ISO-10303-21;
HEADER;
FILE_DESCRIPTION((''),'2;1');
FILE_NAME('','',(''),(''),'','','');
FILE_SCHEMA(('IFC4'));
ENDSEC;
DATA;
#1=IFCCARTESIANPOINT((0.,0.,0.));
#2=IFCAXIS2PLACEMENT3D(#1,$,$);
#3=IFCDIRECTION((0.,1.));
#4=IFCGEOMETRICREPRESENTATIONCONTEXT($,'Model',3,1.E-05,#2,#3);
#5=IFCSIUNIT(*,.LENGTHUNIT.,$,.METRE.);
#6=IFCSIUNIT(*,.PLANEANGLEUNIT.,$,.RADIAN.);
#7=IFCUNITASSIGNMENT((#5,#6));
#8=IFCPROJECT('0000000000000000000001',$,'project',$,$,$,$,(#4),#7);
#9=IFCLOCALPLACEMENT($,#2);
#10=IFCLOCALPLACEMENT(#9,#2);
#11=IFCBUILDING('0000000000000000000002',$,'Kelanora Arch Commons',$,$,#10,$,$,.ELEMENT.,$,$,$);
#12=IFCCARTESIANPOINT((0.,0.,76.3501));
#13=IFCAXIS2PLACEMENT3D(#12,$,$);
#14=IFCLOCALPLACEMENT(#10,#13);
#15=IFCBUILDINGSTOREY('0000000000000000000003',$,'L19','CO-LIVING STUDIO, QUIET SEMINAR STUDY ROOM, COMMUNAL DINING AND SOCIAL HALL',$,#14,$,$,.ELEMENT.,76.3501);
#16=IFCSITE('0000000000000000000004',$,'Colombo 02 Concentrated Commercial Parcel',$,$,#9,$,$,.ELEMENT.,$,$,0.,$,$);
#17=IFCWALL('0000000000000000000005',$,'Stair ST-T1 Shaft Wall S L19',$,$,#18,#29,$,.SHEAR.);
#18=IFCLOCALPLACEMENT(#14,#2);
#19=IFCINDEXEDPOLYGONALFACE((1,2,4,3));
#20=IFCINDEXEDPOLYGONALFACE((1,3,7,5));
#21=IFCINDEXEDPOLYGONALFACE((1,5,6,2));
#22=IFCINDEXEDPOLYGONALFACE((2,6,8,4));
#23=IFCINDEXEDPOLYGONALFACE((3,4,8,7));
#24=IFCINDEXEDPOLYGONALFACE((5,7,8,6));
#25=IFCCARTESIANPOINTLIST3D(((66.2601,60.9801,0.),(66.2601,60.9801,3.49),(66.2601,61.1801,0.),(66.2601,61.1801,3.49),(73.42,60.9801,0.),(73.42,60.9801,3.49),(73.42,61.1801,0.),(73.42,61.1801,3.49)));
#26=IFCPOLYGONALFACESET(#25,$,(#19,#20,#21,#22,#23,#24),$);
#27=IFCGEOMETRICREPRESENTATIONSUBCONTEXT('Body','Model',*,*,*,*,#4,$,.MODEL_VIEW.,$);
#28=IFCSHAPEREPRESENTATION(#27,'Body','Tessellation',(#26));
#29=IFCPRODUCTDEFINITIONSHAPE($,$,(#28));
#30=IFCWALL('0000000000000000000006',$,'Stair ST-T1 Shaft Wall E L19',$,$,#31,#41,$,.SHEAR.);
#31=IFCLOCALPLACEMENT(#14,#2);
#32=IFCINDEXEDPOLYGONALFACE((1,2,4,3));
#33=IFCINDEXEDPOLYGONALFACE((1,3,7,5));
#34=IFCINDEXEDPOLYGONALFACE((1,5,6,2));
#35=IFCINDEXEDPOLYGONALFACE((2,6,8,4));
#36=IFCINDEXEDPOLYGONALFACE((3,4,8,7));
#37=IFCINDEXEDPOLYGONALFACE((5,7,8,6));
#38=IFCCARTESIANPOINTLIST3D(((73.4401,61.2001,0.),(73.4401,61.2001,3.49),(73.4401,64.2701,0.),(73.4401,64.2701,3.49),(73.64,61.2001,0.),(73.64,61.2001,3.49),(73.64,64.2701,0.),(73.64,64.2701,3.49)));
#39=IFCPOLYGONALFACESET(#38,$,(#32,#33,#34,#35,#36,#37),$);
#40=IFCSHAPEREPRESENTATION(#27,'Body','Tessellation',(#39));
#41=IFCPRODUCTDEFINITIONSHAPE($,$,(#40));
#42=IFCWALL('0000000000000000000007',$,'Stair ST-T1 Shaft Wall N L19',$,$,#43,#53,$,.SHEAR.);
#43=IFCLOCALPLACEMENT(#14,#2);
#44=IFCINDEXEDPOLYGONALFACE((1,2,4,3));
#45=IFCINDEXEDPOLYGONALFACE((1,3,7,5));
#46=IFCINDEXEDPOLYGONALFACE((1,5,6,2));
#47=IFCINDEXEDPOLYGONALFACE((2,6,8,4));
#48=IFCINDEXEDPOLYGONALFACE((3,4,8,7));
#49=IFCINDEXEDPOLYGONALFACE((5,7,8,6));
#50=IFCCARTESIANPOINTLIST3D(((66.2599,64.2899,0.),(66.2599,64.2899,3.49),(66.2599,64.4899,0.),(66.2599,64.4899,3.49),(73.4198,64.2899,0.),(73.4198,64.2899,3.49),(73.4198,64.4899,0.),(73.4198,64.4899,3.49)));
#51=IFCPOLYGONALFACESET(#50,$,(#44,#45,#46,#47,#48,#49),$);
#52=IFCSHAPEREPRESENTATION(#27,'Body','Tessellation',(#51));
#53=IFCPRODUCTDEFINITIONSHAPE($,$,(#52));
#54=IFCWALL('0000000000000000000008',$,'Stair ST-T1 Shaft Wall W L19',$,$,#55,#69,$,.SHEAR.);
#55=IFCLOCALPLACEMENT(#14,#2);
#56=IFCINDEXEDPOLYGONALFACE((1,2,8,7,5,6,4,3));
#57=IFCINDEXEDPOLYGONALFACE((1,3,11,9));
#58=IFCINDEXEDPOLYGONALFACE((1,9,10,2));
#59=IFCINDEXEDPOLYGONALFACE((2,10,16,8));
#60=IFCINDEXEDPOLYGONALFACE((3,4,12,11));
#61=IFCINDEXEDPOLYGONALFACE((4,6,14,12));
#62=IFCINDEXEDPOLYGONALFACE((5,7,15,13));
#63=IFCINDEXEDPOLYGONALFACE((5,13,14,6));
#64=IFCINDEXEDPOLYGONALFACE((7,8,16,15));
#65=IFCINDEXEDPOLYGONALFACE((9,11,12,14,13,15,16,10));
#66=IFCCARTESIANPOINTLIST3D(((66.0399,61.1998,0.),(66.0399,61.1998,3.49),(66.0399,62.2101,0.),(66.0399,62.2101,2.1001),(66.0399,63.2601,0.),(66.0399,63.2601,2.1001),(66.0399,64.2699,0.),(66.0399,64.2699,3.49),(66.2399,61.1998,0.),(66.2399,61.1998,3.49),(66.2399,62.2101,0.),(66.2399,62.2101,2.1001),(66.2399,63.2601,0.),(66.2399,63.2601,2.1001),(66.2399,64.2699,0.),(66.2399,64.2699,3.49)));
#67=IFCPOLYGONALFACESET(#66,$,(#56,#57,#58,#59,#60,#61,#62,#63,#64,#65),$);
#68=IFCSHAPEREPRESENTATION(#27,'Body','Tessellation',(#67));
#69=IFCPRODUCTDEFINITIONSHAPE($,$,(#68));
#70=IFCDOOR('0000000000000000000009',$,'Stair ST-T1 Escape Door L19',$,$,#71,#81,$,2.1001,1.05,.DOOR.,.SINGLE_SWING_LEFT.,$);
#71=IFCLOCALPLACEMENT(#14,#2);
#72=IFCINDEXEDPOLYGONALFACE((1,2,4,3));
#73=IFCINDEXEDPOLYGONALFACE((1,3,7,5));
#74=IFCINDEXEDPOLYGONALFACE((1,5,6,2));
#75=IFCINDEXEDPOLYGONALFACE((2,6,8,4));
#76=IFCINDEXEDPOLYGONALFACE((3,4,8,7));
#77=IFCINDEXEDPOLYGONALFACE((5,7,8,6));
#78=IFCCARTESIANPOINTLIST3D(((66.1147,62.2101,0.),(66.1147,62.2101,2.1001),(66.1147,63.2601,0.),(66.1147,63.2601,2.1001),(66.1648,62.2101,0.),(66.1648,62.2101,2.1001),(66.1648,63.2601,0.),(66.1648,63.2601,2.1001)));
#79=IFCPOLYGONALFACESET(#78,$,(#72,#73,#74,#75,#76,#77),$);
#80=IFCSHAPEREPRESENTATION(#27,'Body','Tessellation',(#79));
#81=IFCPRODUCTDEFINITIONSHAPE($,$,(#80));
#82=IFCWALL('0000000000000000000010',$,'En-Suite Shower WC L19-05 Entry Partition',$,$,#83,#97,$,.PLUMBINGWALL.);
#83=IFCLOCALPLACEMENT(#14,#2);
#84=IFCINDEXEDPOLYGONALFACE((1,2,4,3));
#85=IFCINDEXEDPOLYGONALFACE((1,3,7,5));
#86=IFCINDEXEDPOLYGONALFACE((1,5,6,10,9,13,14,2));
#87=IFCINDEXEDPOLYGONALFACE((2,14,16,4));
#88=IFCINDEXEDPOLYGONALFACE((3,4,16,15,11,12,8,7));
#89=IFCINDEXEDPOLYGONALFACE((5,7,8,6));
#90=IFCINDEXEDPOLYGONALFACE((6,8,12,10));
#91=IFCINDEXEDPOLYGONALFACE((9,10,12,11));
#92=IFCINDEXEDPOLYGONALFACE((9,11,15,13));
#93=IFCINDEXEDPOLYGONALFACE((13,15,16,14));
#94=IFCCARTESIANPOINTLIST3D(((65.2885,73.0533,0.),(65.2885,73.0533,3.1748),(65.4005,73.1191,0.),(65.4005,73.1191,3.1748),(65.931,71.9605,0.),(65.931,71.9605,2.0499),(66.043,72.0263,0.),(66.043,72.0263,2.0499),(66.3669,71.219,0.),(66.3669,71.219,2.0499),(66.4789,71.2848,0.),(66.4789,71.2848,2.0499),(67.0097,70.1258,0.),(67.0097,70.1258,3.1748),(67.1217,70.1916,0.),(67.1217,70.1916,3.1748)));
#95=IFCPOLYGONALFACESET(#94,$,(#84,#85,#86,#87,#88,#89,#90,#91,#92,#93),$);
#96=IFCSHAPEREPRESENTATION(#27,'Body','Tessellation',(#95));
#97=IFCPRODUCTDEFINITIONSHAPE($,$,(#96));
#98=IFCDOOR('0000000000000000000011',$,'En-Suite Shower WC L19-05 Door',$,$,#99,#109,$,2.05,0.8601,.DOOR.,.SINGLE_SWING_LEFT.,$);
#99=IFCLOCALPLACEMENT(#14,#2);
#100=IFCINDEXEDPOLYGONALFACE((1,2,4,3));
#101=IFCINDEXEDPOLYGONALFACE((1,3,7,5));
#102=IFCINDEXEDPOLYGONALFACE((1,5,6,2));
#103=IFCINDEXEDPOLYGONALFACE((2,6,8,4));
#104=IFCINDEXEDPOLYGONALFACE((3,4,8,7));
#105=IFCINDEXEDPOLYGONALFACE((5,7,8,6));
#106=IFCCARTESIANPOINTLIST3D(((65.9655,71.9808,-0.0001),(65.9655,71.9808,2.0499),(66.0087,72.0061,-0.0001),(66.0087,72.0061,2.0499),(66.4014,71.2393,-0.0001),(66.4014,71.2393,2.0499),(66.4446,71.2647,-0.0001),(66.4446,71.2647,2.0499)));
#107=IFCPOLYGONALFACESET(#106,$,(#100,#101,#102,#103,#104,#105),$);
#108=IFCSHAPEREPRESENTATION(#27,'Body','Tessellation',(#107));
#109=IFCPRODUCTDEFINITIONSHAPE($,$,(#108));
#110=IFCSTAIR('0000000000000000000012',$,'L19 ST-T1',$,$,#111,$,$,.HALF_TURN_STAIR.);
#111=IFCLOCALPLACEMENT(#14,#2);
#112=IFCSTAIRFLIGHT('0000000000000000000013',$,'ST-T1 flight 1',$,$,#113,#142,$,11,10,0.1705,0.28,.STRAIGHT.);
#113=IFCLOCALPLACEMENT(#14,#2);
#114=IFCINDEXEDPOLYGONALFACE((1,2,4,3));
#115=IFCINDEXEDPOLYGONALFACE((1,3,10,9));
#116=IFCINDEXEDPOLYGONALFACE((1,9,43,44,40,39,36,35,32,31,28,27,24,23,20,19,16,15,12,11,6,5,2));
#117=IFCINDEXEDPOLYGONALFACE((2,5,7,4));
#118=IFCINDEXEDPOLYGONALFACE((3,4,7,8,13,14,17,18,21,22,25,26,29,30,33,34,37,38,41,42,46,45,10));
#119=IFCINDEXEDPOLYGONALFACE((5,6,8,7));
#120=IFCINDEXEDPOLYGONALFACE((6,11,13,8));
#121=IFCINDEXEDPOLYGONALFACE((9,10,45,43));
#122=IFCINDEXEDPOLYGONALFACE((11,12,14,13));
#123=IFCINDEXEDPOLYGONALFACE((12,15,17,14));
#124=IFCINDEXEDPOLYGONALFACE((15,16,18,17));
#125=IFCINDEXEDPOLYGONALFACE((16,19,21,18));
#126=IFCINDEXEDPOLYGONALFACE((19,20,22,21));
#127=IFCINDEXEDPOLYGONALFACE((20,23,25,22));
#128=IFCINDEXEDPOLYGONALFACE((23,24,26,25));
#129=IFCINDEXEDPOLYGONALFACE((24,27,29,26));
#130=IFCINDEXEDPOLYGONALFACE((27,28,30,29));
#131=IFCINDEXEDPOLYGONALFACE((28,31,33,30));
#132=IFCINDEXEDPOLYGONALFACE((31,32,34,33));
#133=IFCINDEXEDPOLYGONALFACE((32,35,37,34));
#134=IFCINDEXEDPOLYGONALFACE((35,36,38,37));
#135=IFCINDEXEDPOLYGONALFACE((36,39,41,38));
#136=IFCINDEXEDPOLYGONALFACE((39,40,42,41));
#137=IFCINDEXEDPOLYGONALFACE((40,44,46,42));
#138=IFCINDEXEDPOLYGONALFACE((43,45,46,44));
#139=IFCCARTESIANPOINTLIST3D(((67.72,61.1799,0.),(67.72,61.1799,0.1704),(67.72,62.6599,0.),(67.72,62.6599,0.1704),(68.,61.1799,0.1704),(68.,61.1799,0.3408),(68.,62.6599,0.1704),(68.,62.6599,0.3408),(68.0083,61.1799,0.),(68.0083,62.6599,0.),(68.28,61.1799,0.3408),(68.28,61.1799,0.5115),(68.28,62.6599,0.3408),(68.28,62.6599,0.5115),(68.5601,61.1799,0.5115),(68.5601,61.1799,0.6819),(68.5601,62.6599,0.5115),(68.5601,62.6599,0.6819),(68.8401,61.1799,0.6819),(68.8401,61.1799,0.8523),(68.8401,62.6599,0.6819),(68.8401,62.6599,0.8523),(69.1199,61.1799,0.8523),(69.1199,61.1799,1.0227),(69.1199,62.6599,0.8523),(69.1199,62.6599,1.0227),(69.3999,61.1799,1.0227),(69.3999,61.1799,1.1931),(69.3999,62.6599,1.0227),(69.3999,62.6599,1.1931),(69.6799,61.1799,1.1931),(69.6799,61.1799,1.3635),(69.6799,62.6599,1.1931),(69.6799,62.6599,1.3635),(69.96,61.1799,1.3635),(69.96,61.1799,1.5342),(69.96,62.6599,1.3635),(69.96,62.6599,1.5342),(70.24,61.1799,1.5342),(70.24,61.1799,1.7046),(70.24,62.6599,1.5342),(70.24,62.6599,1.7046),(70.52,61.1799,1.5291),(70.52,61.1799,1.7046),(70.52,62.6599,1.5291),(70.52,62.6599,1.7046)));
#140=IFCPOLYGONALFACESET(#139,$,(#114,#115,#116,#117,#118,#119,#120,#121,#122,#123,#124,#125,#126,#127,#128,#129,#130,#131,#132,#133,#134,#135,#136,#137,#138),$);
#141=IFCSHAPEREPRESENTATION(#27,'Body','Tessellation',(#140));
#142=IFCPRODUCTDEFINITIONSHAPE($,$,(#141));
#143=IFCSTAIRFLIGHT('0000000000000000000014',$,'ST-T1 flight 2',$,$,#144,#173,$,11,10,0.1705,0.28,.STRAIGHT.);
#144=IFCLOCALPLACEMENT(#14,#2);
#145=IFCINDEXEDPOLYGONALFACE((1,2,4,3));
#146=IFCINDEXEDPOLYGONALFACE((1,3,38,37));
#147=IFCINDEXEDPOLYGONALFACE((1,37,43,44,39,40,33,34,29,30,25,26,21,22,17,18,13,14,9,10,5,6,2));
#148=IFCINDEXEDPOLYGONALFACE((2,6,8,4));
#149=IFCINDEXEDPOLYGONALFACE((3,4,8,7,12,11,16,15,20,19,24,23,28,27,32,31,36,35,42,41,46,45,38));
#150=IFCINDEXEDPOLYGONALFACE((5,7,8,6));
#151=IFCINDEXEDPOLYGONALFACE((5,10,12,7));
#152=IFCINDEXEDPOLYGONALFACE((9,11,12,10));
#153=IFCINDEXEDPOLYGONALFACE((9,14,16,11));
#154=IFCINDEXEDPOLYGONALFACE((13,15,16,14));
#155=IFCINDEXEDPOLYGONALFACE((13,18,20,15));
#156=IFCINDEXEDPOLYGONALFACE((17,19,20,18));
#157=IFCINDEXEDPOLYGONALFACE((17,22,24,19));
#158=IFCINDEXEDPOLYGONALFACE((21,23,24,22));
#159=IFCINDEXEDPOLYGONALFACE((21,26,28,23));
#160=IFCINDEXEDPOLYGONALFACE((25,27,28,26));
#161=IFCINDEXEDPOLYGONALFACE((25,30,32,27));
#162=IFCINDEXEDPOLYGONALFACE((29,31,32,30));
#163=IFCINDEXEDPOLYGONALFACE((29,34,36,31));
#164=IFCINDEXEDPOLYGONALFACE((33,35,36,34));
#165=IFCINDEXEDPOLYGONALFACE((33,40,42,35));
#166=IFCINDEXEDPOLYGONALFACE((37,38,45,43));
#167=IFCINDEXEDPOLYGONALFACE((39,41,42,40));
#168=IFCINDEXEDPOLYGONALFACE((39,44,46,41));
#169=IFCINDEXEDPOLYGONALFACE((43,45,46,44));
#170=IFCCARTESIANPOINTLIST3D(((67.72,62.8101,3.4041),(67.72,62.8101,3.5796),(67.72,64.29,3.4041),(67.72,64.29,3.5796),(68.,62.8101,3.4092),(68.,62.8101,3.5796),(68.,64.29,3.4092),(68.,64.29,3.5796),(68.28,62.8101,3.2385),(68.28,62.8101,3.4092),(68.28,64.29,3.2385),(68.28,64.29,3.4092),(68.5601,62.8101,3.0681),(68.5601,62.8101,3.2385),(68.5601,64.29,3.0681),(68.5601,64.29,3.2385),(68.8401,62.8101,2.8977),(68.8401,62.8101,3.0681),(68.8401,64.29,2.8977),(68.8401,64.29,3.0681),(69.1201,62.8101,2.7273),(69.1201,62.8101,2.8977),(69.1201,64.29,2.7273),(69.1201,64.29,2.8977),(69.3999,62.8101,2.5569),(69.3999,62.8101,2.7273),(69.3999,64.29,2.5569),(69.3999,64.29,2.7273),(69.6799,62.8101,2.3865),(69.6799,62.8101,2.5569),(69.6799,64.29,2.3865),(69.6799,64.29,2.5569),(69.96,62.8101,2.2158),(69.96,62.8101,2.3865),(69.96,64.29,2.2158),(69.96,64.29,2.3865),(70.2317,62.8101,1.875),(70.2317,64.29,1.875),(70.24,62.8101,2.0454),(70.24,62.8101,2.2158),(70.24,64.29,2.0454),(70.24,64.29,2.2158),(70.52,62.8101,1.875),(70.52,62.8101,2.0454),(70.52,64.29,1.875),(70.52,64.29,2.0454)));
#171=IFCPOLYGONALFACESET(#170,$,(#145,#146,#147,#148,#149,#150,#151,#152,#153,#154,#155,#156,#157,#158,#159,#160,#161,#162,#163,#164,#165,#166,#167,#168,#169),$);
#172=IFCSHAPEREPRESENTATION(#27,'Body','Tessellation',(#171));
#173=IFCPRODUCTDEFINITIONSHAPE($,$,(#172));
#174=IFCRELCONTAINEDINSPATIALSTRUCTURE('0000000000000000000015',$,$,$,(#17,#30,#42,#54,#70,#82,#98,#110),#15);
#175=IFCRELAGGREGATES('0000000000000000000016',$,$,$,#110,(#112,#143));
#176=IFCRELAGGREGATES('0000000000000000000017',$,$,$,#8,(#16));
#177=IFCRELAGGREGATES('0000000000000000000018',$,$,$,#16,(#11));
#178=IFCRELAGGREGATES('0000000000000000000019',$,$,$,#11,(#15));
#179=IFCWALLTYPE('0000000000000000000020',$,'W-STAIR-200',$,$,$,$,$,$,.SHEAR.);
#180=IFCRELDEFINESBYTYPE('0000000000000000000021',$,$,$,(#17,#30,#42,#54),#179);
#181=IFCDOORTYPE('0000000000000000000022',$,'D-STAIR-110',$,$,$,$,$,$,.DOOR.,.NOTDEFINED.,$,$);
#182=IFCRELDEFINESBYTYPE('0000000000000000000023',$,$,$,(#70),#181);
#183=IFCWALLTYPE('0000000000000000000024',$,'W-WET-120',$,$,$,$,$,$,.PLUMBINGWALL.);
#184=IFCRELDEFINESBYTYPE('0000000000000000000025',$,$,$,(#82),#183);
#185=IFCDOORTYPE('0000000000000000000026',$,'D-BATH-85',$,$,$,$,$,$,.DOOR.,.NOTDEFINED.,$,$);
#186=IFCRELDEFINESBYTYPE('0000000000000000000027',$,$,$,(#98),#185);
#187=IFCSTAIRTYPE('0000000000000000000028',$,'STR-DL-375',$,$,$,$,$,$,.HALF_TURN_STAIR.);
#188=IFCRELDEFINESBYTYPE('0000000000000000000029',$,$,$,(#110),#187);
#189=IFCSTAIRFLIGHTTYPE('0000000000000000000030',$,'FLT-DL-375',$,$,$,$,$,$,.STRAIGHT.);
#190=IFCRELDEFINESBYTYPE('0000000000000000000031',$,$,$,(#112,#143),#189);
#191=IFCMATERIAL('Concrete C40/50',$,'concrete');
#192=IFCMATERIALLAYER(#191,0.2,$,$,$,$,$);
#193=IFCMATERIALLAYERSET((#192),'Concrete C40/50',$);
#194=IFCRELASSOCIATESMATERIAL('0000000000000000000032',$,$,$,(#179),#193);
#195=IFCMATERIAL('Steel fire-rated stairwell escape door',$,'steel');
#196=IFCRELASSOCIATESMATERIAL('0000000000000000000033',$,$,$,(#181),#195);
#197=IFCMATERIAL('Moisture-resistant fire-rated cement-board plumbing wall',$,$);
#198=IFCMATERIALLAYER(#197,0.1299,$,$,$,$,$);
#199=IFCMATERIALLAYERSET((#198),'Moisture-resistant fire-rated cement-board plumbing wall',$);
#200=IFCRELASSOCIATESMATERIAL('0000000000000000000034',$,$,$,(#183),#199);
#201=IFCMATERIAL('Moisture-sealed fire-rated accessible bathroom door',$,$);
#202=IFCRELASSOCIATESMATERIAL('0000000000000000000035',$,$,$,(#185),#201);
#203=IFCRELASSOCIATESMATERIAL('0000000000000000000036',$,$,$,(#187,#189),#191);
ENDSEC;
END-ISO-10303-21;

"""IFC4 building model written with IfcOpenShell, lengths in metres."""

from ifc_helpers import new_model, si_unit, direction, frame, frame_2d, origin, place, context, subcontext, project, spatial, polyline, rectangle, outline, extrude, material, layer, layer_set, type_object, element, fill, aggregate, save


model = new_model("IFC4")

# Units and contexts
model_context = context("Model", 3, precision=1e-05, world=origin(), true_north=direction((0.0, 1.0)))
body_context = subcontext(model_context, "Body", "Model", "MODEL_VIEW")
ifc_project = project(units=[si_unit("LENGTHUNIT", "METRE"), si_unit("PLANEANGLEUNIT", "RADIAN")], contexts=[model_context])

# Site, building, storey
site_placement = place(None, origin())
site = spatial("IfcSite", under=ifc_project, at=site_placement, Name="Colombo 02 Concentrated Commercial Parcel", CompositionType="ELEMENT", RefElevation=0.0)
building_placement = place(site_placement, origin())
building = spatial("IfcBuilding", under=site, at=building_placement, Name="Kelanora Arch Commons", CompositionType="ELEMENT")
storey_placement = place(building_placement, frame((0.0, 0.0, 76.3501)))
storey = spatial("IfcBuildingStorey", under=building, at=storey_placement, Name="L19", Description="CO-LIVING STUDIO, QUIET SEMINAR STUDY ROOM, COMMUNAL DINING AND SOCIAL HALL", CompositionType="ELEMENT", Elevation=76.3501)

# Shared definitions
ifc_material_1 = material(Name="Concrete C40/50", Category="concrete")

# Walls
ifc_layer_1 = layer(ifc_material_1, 0.2)
ifc_layer_set_1 = layer_set([ifc_layer_1], Name="Concrete C40/50")
wall_type_1 = type_object("IfcWallType", Name="W-STAIR-200", PredefinedType="SHEAR", material=ifc_layer_set_1)
wall_1_placement = place(storey_placement, frame((66.26, 61.0801, 0.0), z_axis=(0.0, 0.0, 1.0), x_axis=(1.0, 0.0, 0.0)))
element("IfcWall", 1, at=wall_1_placement, inside=storey, type_object=wall_type_1, Name="Stair ST-T1 Shaft Wall S L19", PredefinedType="SHEAR", context=body_context, shape_type="SweptSolid", body=[
    extrude(rectangle(XDim=7.1599, YDim=0.2, at=frame_2d((3.5801, 0.0))), origin(), (0.0, 0.0, 1.0), 3.49),
])
wall_2_placement = place(storey_placement, frame((73.54, 61.2, 0.0), z_axis=(0.0, 0.0, 1.0), x_axis=(0.0, 1.0, 0.0)))
element("IfcWall", 2, at=wall_2_placement, inside=storey, type_object=wall_type_1, Name="Stair ST-T1 Shaft Wall E L19", PredefinedType="SHEAR", context=body_context, shape_type="SweptSolid", body=[
    extrude(rectangle(XDim=3.0701, YDim=0.2, at=frame_2d((1.5352, 0.0))), origin(), (0.0, 0.0, 1.0), 3.49),
])
wall_3_placement = place(storey_placement, frame((73.4199, 64.3899, 0.0), z_axis=(0.0, 0.0, 1.0), x_axis=(-1.0, 0.0, 0.0)))
element("IfcWall", 3, at=wall_3_placement, inside=storey, type_object=wall_type_1, Name="Stair ST-T1 Shaft Wall N L19", PredefinedType="SHEAR", context=body_context, shape_type="SweptSolid", body=[
    extrude(rectangle(XDim=7.1599, YDim=0.2, at=frame_2d((3.5801, 0.0))), origin(), (0.0, 0.0, 1.0), 3.49),
])

# Walls, openings, doors
wall_4_placement = place(storey_placement, frame((66.1399, 64.27, 0.0), z_axis=(0.0, 0.0, 1.0), x_axis=(0.0, -1.0, 0.0)))
wall_4 = element("IfcWall", 4, at=wall_4_placement, inside=storey, type_object=wall_type_1, Name="Stair ST-T1 Shaft Wall W L19", PredefinedType="SHEAR", context=body_context, shape_type="SweptSolid", body=[
    extrude(rectangle(XDim=3.0701, YDim=0.2, at=frame_2d((1.5352, 0.0))), origin(), (0.0, 0.0, 1.0), 3.49),
])
opening_1_placement = place(wall_4_placement, frame((1.01, 0.0, 0.0)))
opening_1 = element("IfcOpeningElement", 5, at=opening_1_placement, cuts=wall_4, PredefinedType="OPENING", context=body_context, shape_type="SweptSolid", body=[
    extrude(rectangle(XDim=1.05, YDim=2.1001, at=frame_2d((0.5249, 1.05))), frame((0.0, 0.1099, 0.0), z_axis=(0.0, -1.0, 0.0), x_axis=(1.0, 0.0, 0.0)), (0.0, 0.0, 1.0), 0.22),
])
ifc_material_2 = material(Name="Steel fire-rated stairwell escape door", Category="steel")
door_type_1 = type_object("IfcDoorType", Name="D-STAIR-110", OperationType="NOTDEFINED", PredefinedType="DOOR", material=ifc_material_2)
door_1_placement = place(opening_1_placement, origin())
door_1 = element("IfcDoor", 6, at=door_1_placement, inside=storey, type_object=door_type_1, Name="Stair ST-T1 Escape Door L19", OperationType="SINGLE_SWING_LEFT", OverallHeight=2.1001, OverallWidth=1.05, PredefinedType="DOOR", context=body_context, shape_type="SweptSolid", body=[
    extrude(rectangle(XDim=1.05, YDim=2.1001, at=frame_2d((0.5249, 1.05))), frame((0.0, 0.0249, 0.0), z_axis=(0.0, -1.0, 0.0), x_axis=(1.0, 0.0, 0.0)), (0.0, 0.0, 1.0), 0.05),
])
fill(opening_1, door_1)
ifc_material_3 = material(Name="Moisture-resistant fire-rated cement-board plumbing wall")
ifc_layer_2 = layer(ifc_material_3, 0.1299)
ifc_layer_set_2 = layer_set([ifc_layer_2], Name="Moisture-resistant fire-rated cement-board plumbing wall")
wall_type_2 = type_object("IfcWallType", Name="W-WET-120", PredefinedType="PLUMBINGWALL", material=ifc_layer_set_2)
wall_5_placement = place(storey_placement, frame((67.0657, 70.1587, 0.0), z_axis=(0.0, 0.0, 1.0), x_axis=(-0.506832, 0.862045, 0.0)))
wall_5 = element("IfcWall", 7, at=wall_5_placement, inside=storey, type_object=wall_type_2, Name="En-Suite Shower WC L19-05 Entry Partition", PredefinedType="PLUMBINGWALL", context=body_context, shape_type="SweptSolid", body=[
    extrude(rectangle(XDim=3.396, YDim=0.1299, at=frame_2d((1.698, 0.0))), origin(), (0.0, 0.0, 1.0), 3.1748),
])
opening_2_placement = place(wall_5_placement, frame((1.2681, 0.0, 0.0)))
opening_2 = element("IfcOpeningElement", 8, at=opening_2_placement, cuts=wall_5, PredefinedType="OPENING", context=body_context, shape_type="SweptSolid", body=[
    extrude(rectangle(XDim=0.8601, YDim=2.05, at=frame_2d((0.4302, 1.0249))), frame((0.0, 0.075, 0.0), z_axis=(0.0, -1.0, 0.0), x_axis=(1.0, 0.0, 0.0)), (0.0, 0.0, 1.0), 0.1499),
])
ifc_material_4 = material(Name="Moisture-sealed fire-rated accessible bathroom door")
door_type_2 = type_object("IfcDoorType", Name="D-BATH-85", OperationType="NOTDEFINED", PredefinedType="DOOR", material=ifc_material_4)
door_2_placement = place(opening_2_placement, origin())
door_2 = element("IfcDoor", 9, at=door_2_placement, inside=storey, type_object=door_type_2, Name="En-Suite Shower WC L19-05 Door", OperationType="SINGLE_SWING_LEFT", OverallHeight=2.05, OverallWidth=0.8601, PredefinedType="DOOR", context=body_context, shape_type="SweptSolid", body=[
    extrude(rectangle(XDim=0.8601, YDim=2.05, at=frame_2d((0.4302, 1.0249))), frame((0.0, 0.0249, 0.0), z_axis=(0.0, -1.0, 0.0), x_axis=(1.0, 0.0, 0.0)), (0.0, 0.0, 1.0), 0.05),
])
fill(opening_2, door_2)

# Stair, stair flights
stair_type = type_object("IfcStairType", Name="STR-DL-375", PredefinedType="HALF_TURN_STAIR", material=ifc_material_1)
stair_placement = place(storey_placement, origin())
stair = element("IfcStair", 10, at=stair_placement, inside=storey, type_object=stair_type, Name="L19 ST-T1", PredefinedType="HALF_TURN_STAIR")
stair_flight_type = type_object("IfcStairFlightType", Name="FLT-DL-375", PredefinedType="STRAIGHT", material=ifc_material_1)
stair_flight_1_placement = place(storey_placement, frame((67.72, 61.9199, 0.0), z_axis=(0.0, 0.0, 1.0), x_axis=(1.0, 0.0, 0.0)))
stair_flight_1 = element("IfcStairFlight", 11, at=stair_flight_1_placement, type_object=stair_flight_type, Name="ST-T1 flight 1", NumberOfRisers=11, NumberOfTreads=10, PredefinedType="STRAIGHT", RiserHeight=0.1705, TreadLength=0.28, context=body_context, shape_type="SweptSolid", body=[
    extrude(outline(polyline([(0.0, 0.0), (0.0, 0.1704), (0.28, 0.1704), (0.28, 0.3408), (0.5601, 0.3408), (0.5601, 0.5115), (0.8401, 0.5115), (0.8401, 0.6819), (1.1201, 0.6819), (1.1201, 0.8523), (1.3999, 0.8523), (1.3999, 1.0227), (1.6799, 1.0227), (1.6799, 1.1931), (1.96, 1.1931), (1.96, 1.3635), (2.24, 1.3635), (2.24, 1.5342), (2.52, 1.5342), (2.52, 1.7046), (2.8, 1.7046), (2.8, 1.875), (2.8, 1.5291), (0.2883, 0.0), (0.0, 0.0)])), frame((0.0, 0.74, 0.0), z_axis=(0.0, -1.0, 0.0), x_axis=(1.0, 0.0, 0.0)), (0.0, 0.0, 1.0), 1.48),
])
stair_flight_2_placement = place(storey_placement, frame((70.52, 63.55, 1.875), z_axis=(0.0, 0.0, 1.0), x_axis=(-1.0, 0.0, 0.0)))
stair_flight_2 = element("IfcStairFlight", 12, at=stair_flight_2_placement, type_object=stair_flight_type, Name="ST-T1 flight 2", NumberOfRisers=11, NumberOfTreads=10, PredefinedType="STRAIGHT", RiserHeight=0.1705, TreadLength=0.28, context=body_context, shape_type="SweptSolid", body=[
    extrude(outline(polyline([(0.0, 0.0), (0.0, 0.1704), (0.28, 0.1704), (0.28, 0.3408), (0.5601, 0.3408), (0.5601, 0.5115), (0.8401, 0.5115), (0.8401, 0.6819), (1.1201, 0.6819), (1.1201, 0.8523), (1.3999, 0.8523), (1.3999, 1.0227), (1.6799, 1.0227), (1.6799, 1.1931), (1.96, 1.1931), (1.96, 1.3635), (2.24, 1.3635), (2.24, 1.5342), (2.52, 1.5342), (2.52, 1.7046), (2.8, 1.7046), (2.8, 1.875), (2.8, 1.5291), (0.2883, 0.0), (0.0, 0.0)])), frame((0.0, 0.74, 0.0), z_axis=(0.0, -1.0, 0.0), x_axis=(1.0, 0.0, 0.0)), (0.0, 0.0, 1.0), 1.48),
])
aggregate(stair, [stair_flight_1, stair_flight_2])

save(model, "model.ifc")
